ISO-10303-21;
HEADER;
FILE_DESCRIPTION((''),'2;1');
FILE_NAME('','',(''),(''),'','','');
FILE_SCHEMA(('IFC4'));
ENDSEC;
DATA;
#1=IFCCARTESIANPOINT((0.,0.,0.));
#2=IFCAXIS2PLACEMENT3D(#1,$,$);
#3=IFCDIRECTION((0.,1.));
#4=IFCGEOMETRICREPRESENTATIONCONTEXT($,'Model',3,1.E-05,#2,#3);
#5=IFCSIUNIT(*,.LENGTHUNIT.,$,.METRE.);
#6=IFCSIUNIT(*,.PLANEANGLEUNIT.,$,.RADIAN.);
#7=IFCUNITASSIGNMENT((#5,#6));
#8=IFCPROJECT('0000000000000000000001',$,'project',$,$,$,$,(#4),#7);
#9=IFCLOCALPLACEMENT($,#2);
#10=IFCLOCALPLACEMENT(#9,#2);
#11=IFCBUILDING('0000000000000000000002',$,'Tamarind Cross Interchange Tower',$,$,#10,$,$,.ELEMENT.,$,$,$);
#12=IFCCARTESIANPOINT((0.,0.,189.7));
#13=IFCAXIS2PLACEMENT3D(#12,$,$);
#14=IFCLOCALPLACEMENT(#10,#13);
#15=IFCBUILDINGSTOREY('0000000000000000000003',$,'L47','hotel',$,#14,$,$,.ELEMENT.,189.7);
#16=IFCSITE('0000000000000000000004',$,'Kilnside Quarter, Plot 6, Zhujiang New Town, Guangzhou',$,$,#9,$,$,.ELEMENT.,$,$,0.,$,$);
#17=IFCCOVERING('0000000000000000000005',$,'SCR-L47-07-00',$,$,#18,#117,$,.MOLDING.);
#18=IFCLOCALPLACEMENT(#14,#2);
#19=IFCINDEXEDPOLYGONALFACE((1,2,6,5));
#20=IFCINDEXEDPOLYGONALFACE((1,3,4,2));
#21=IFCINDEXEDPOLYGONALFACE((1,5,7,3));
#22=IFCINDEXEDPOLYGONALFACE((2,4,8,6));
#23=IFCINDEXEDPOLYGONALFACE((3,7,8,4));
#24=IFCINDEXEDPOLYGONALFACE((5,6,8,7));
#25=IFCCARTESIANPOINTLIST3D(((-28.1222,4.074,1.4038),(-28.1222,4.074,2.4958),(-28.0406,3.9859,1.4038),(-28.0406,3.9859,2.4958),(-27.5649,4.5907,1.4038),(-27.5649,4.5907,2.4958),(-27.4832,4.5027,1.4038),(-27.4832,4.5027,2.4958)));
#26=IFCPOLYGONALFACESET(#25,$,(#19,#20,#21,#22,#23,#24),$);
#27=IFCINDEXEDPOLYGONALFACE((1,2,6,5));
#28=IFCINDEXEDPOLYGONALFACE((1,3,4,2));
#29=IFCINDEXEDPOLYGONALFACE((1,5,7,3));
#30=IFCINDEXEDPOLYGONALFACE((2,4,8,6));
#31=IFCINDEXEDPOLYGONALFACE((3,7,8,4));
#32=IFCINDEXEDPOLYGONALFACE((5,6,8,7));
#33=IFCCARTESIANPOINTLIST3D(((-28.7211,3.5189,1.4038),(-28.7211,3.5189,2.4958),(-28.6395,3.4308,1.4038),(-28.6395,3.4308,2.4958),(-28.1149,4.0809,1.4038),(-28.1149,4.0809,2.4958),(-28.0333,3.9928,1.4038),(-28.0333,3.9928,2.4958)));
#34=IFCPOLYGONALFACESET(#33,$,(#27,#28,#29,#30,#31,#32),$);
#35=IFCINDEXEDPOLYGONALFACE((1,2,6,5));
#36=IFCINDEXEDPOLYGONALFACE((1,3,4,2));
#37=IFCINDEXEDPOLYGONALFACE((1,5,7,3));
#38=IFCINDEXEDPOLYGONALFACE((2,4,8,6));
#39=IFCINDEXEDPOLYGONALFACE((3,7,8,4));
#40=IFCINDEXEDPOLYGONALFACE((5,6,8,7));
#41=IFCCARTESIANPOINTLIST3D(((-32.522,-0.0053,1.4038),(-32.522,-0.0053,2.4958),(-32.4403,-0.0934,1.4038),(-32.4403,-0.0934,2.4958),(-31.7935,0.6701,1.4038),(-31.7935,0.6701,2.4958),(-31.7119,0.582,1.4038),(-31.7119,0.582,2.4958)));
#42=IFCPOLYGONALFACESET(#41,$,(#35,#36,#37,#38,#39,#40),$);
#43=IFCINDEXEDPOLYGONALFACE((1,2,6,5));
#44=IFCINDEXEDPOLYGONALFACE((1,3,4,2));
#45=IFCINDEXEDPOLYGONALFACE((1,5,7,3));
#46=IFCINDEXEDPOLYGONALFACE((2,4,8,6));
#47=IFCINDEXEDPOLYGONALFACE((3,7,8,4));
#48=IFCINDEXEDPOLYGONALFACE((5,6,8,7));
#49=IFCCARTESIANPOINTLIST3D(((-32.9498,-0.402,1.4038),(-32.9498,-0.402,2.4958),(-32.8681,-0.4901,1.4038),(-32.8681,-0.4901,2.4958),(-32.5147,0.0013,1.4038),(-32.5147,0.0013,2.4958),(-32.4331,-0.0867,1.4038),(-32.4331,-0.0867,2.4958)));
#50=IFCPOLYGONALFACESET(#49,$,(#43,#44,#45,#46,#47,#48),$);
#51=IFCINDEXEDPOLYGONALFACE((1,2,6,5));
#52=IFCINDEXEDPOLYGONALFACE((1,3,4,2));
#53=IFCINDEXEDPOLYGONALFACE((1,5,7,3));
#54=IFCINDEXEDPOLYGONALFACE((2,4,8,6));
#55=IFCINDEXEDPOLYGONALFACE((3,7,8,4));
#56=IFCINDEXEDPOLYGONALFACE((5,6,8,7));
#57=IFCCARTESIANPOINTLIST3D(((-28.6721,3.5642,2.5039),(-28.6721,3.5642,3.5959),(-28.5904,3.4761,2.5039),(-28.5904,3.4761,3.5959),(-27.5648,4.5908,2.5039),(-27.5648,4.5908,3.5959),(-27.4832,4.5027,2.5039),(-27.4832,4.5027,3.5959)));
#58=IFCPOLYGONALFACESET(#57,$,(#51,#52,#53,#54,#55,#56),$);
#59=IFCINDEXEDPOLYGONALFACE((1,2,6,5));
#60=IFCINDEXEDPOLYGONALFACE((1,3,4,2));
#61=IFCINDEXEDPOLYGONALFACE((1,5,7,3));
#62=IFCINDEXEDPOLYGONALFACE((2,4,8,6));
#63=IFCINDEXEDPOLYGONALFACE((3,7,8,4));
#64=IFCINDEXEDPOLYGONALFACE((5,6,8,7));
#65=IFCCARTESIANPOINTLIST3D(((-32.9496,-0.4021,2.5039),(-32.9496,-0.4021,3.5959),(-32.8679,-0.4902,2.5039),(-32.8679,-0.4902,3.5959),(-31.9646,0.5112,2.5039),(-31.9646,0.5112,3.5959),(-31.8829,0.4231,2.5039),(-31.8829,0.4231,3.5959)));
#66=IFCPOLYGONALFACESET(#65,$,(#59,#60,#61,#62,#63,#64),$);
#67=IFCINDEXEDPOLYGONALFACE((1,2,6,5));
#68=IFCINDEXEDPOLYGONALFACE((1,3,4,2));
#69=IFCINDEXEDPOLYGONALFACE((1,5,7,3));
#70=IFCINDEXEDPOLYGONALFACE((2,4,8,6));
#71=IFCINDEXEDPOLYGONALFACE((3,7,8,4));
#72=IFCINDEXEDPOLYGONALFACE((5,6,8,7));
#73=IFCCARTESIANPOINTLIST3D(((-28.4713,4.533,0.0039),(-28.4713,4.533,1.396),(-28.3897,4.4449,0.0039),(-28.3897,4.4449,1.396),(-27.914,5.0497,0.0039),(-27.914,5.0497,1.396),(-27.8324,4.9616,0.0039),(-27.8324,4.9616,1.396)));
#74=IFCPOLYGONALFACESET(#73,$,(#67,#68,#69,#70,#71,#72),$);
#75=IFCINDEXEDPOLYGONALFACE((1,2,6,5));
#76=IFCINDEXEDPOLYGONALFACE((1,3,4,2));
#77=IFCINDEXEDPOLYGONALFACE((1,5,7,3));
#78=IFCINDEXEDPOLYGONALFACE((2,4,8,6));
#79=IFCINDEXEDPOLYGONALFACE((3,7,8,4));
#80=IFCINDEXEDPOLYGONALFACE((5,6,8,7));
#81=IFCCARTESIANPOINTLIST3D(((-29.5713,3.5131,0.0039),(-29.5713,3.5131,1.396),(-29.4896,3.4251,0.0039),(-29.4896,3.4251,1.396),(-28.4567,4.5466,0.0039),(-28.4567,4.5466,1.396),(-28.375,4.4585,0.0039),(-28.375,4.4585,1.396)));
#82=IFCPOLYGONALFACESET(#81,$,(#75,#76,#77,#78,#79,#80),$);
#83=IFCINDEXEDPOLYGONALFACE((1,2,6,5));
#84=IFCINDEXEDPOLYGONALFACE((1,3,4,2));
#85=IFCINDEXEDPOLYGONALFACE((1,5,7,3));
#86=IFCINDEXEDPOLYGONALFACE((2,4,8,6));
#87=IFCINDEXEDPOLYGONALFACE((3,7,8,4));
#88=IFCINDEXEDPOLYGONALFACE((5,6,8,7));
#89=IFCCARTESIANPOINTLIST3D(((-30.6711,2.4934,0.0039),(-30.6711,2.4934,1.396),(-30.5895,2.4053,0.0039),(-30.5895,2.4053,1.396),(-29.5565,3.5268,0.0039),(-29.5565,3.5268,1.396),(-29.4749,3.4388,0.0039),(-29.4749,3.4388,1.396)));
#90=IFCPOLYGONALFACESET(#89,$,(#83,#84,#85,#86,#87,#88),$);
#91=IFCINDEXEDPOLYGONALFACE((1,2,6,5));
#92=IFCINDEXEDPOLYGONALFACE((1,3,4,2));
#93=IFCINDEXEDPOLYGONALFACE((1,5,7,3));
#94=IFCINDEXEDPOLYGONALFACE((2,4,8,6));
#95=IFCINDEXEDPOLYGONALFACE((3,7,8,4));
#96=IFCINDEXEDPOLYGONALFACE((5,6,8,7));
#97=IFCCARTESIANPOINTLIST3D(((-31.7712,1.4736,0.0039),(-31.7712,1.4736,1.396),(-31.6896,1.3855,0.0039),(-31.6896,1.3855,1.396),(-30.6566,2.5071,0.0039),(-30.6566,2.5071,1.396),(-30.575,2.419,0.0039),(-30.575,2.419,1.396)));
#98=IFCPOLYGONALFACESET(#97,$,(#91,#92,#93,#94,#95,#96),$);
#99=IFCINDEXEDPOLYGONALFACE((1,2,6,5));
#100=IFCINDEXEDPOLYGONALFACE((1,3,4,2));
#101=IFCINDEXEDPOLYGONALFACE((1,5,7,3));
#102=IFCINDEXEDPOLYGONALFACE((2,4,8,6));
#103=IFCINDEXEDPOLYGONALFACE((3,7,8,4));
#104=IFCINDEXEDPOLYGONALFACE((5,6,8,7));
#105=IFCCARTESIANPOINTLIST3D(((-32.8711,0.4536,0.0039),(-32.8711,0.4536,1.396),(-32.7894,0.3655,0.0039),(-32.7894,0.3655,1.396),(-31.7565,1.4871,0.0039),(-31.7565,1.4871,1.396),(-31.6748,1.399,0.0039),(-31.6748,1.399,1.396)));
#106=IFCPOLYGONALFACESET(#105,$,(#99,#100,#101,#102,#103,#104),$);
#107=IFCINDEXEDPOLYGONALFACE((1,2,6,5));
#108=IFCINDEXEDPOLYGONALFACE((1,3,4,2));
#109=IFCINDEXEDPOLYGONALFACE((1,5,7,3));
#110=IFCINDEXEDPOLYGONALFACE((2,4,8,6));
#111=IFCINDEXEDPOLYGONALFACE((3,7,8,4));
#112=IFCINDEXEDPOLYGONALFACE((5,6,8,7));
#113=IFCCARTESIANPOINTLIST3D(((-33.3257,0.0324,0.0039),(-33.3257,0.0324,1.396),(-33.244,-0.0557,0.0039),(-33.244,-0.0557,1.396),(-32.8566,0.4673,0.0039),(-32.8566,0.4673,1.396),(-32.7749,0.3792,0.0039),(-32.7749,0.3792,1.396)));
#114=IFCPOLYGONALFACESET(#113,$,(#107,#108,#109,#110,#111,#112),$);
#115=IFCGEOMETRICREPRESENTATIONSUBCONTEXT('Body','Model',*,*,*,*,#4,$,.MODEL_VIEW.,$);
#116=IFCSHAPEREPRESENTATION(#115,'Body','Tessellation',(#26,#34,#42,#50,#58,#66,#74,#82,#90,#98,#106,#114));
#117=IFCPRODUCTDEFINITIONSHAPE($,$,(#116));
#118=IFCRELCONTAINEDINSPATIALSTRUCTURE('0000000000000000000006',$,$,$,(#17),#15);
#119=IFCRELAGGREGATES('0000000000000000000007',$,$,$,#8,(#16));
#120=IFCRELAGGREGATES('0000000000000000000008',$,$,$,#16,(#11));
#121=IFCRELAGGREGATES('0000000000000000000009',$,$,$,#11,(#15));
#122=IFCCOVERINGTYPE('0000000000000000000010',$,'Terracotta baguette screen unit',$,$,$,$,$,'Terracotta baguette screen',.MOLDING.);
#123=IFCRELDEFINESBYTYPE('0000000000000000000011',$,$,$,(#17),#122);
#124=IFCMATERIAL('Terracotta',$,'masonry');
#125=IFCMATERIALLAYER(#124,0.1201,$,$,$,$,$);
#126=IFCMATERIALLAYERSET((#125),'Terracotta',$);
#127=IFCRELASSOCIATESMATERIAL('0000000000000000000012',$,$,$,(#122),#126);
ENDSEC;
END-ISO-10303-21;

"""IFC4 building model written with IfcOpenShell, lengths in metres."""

from ifc_helpers import new_model, si_unit, direction, frame, origin, origin_2d, place, context, subcontext, project, spatial, rectangle, extrude, material, layer, layer_set, type_object, element, save


model = new_model("IFC4")

# Units and contexts
model_context = context("Model", 3, precision=1e-05, world=origin(), true_north=direction((0.0, 1.0)))
body_context = subcontext(model_context, "Body", "Model", "MODEL_VIEW")
ifc_project = project(units=[si_unit("LENGTHUNIT", "METRE"), si_unit("PLANEANGLEUNIT", "RADIAN")], contexts=[model_context])

# Site, building, storey
site_placement = place(None, origin())
site = spatial("IfcSite", under=ifc_project, at=site_placement, Name="Kilnside Quarter, Plot 6, Zhujiang New Town, Guangzhou", CompositionType="ELEMENT", RefElevation=0.0)
building_placement = place(site_placement, origin())
building = spatial("IfcBuilding", under=site, at=building_placement, Name="Tamarind Cross Interchange Tower", CompositionType="ELEMENT")
storey_placement = place(building_placement, frame((0.0, 0.0, 189.7)))
storey = spatial("IfcBuildingStorey", under=building, at=storey_placement, Name="L47", Description="hotel", CompositionType="ELEMENT", Elevation=189.7)

# Covering
ifc_material_1 = material(Name="Terracotta", Category="masonry")
ifc_layer_1 = layer(ifc_material_1, 0.1201)
ifc_layer_set_1 = layer_set([ifc_layer_1], Name="Terracotta")
covering_type = type_object("IfcCoveringType", Name="Terracotta baguette screen unit", ElementType="Terracotta baguette screen", PredefinedType="MOLDING", material=ifc_layer_set_1)
covering_1_placement = place(storey_placement, origin())
element("IfcCovering", 1, at=covering_1_placement, inside=storey, type_object=covering_type, Name="SCR-L47-07-00", PredefinedType="MOLDING", context=body_context, shape_type="SweptSolid", body=[
    extrude(rectangle(XDim=0.76, YDim=0.1201, at=origin_2d()), frame((-27.8027, 4.2883, 1.4038), z_axis=(0.0, 0.0, 1.0), x_axis=(-0.733293, -0.679912, 0.0)), (0.0, 0.0, 1.0), 1.092),
    extrude(rectangle(XDim=0.8267, YDim=0.1201, at=origin_2d()), frame((-28.3772, 3.7559, 1.4038), z_axis=(0.0, 0.0, 1.0), x_axis=(-0.733293, -0.679912, 0.0)), (0.0, 0.0, 1.0), 1.092),
    extrude(rectangle(XDim=0.9934, YDim=0.1201, at=origin_2d()), frame((-32.1169, 0.2883, 1.4038), z_axis=(0.0, 0.0, 1.0), x_axis=(-0.733293, -0.679912, 0.0)), (0.0, 0.0, 1.0), 1.092),
    extrude(rectangle(XDim=0.5933, YDim=0.1201, at=origin_2d()), frame((-32.6914, -0.2444, 1.4038), z_axis=(0.0, 0.0, 1.0), x_axis=(-0.733293, -0.679912, 0.0)), (0.0, 0.0, 1.0), 1.092),
    extrude(rectangle(XDim=1.51, YDim=0.1201, at=origin_2d()), frame((-28.0776, 4.0334, 2.5039), z_axis=(0.0, 0.0, 1.0), x_axis=(-0.733293, -0.679912, 0.0)), (0.0, 0.0, 1.0), 1.092),
    extrude(rectangle(XDim=1.3433, YDim=0.1201, at=origin_2d()), frame((-32.4163, 0.0105, 2.5039), z_axis=(0.0, 0.0, 1.0), x_axis=(-0.733293, -0.679912, 0.0)), (0.0, 0.0, 1.0), 1.092),
    extrude(rectangle(XDim=0.76, YDim=0.1201, at=origin_2d()), frame((-28.1519, 4.7473, 0.0039), z_axis=(0.0, 0.0, 1.0), x_axis=(-0.733293, -0.679912, 0.0)), (0.0, 0.0, 1.0), 1.3921),
    extrude(rectangle(XDim=1.52, YDim=0.1201, at=origin_2d()), frame((-28.9731, 3.9858, 0.0039), z_axis=(0.0, 0.0, 1.0), x_axis=(-0.733293, -0.679912, 0.0)), (0.0, 0.0, 1.0), 1.3921),
    extrude(rectangle(XDim=1.52, YDim=0.1201, at=origin_2d()), frame((-30.073, 2.9661, 0.0039), z_axis=(0.0, 0.0, 1.0), x_axis=(-0.733293, -0.679912, 0.0)), (0.0, 0.0, 1.0), 1.3921),
    extrude(rectangle(XDim=1.52, YDim=0.1201, at=origin_2d()), frame((-31.1731, 1.9463, 0.0039), z_axis=(0.0, 0.0, 1.0), x_axis=(-0.733293, -0.679912, 0.0)), (0.0, 0.0, 1.0), 1.3921),
    extrude(rectangle(XDim=1.52, YDim=0.1201, at=origin_2d()), frame((-32.2729, 0.9263, 0.0039), z_axis=(0.0, 0.0, 1.0), x_axis=(-0.733293, -0.679912, 0.0)), (0.0, 0.0, 1.0), 1.3921),
    extrude(rectangle(XDim=0.6396, YDim=0.1201, at=origin_2d()), frame((-33.0503, 0.2058, 0.0039), z_axis=(0.0, 0.0, 1.0), x_axis=(-0.733293, -0.679912, 0.0)), (0.0, 0.0, 1.0), 1.3921),
])

save(model, "model.ifc")
